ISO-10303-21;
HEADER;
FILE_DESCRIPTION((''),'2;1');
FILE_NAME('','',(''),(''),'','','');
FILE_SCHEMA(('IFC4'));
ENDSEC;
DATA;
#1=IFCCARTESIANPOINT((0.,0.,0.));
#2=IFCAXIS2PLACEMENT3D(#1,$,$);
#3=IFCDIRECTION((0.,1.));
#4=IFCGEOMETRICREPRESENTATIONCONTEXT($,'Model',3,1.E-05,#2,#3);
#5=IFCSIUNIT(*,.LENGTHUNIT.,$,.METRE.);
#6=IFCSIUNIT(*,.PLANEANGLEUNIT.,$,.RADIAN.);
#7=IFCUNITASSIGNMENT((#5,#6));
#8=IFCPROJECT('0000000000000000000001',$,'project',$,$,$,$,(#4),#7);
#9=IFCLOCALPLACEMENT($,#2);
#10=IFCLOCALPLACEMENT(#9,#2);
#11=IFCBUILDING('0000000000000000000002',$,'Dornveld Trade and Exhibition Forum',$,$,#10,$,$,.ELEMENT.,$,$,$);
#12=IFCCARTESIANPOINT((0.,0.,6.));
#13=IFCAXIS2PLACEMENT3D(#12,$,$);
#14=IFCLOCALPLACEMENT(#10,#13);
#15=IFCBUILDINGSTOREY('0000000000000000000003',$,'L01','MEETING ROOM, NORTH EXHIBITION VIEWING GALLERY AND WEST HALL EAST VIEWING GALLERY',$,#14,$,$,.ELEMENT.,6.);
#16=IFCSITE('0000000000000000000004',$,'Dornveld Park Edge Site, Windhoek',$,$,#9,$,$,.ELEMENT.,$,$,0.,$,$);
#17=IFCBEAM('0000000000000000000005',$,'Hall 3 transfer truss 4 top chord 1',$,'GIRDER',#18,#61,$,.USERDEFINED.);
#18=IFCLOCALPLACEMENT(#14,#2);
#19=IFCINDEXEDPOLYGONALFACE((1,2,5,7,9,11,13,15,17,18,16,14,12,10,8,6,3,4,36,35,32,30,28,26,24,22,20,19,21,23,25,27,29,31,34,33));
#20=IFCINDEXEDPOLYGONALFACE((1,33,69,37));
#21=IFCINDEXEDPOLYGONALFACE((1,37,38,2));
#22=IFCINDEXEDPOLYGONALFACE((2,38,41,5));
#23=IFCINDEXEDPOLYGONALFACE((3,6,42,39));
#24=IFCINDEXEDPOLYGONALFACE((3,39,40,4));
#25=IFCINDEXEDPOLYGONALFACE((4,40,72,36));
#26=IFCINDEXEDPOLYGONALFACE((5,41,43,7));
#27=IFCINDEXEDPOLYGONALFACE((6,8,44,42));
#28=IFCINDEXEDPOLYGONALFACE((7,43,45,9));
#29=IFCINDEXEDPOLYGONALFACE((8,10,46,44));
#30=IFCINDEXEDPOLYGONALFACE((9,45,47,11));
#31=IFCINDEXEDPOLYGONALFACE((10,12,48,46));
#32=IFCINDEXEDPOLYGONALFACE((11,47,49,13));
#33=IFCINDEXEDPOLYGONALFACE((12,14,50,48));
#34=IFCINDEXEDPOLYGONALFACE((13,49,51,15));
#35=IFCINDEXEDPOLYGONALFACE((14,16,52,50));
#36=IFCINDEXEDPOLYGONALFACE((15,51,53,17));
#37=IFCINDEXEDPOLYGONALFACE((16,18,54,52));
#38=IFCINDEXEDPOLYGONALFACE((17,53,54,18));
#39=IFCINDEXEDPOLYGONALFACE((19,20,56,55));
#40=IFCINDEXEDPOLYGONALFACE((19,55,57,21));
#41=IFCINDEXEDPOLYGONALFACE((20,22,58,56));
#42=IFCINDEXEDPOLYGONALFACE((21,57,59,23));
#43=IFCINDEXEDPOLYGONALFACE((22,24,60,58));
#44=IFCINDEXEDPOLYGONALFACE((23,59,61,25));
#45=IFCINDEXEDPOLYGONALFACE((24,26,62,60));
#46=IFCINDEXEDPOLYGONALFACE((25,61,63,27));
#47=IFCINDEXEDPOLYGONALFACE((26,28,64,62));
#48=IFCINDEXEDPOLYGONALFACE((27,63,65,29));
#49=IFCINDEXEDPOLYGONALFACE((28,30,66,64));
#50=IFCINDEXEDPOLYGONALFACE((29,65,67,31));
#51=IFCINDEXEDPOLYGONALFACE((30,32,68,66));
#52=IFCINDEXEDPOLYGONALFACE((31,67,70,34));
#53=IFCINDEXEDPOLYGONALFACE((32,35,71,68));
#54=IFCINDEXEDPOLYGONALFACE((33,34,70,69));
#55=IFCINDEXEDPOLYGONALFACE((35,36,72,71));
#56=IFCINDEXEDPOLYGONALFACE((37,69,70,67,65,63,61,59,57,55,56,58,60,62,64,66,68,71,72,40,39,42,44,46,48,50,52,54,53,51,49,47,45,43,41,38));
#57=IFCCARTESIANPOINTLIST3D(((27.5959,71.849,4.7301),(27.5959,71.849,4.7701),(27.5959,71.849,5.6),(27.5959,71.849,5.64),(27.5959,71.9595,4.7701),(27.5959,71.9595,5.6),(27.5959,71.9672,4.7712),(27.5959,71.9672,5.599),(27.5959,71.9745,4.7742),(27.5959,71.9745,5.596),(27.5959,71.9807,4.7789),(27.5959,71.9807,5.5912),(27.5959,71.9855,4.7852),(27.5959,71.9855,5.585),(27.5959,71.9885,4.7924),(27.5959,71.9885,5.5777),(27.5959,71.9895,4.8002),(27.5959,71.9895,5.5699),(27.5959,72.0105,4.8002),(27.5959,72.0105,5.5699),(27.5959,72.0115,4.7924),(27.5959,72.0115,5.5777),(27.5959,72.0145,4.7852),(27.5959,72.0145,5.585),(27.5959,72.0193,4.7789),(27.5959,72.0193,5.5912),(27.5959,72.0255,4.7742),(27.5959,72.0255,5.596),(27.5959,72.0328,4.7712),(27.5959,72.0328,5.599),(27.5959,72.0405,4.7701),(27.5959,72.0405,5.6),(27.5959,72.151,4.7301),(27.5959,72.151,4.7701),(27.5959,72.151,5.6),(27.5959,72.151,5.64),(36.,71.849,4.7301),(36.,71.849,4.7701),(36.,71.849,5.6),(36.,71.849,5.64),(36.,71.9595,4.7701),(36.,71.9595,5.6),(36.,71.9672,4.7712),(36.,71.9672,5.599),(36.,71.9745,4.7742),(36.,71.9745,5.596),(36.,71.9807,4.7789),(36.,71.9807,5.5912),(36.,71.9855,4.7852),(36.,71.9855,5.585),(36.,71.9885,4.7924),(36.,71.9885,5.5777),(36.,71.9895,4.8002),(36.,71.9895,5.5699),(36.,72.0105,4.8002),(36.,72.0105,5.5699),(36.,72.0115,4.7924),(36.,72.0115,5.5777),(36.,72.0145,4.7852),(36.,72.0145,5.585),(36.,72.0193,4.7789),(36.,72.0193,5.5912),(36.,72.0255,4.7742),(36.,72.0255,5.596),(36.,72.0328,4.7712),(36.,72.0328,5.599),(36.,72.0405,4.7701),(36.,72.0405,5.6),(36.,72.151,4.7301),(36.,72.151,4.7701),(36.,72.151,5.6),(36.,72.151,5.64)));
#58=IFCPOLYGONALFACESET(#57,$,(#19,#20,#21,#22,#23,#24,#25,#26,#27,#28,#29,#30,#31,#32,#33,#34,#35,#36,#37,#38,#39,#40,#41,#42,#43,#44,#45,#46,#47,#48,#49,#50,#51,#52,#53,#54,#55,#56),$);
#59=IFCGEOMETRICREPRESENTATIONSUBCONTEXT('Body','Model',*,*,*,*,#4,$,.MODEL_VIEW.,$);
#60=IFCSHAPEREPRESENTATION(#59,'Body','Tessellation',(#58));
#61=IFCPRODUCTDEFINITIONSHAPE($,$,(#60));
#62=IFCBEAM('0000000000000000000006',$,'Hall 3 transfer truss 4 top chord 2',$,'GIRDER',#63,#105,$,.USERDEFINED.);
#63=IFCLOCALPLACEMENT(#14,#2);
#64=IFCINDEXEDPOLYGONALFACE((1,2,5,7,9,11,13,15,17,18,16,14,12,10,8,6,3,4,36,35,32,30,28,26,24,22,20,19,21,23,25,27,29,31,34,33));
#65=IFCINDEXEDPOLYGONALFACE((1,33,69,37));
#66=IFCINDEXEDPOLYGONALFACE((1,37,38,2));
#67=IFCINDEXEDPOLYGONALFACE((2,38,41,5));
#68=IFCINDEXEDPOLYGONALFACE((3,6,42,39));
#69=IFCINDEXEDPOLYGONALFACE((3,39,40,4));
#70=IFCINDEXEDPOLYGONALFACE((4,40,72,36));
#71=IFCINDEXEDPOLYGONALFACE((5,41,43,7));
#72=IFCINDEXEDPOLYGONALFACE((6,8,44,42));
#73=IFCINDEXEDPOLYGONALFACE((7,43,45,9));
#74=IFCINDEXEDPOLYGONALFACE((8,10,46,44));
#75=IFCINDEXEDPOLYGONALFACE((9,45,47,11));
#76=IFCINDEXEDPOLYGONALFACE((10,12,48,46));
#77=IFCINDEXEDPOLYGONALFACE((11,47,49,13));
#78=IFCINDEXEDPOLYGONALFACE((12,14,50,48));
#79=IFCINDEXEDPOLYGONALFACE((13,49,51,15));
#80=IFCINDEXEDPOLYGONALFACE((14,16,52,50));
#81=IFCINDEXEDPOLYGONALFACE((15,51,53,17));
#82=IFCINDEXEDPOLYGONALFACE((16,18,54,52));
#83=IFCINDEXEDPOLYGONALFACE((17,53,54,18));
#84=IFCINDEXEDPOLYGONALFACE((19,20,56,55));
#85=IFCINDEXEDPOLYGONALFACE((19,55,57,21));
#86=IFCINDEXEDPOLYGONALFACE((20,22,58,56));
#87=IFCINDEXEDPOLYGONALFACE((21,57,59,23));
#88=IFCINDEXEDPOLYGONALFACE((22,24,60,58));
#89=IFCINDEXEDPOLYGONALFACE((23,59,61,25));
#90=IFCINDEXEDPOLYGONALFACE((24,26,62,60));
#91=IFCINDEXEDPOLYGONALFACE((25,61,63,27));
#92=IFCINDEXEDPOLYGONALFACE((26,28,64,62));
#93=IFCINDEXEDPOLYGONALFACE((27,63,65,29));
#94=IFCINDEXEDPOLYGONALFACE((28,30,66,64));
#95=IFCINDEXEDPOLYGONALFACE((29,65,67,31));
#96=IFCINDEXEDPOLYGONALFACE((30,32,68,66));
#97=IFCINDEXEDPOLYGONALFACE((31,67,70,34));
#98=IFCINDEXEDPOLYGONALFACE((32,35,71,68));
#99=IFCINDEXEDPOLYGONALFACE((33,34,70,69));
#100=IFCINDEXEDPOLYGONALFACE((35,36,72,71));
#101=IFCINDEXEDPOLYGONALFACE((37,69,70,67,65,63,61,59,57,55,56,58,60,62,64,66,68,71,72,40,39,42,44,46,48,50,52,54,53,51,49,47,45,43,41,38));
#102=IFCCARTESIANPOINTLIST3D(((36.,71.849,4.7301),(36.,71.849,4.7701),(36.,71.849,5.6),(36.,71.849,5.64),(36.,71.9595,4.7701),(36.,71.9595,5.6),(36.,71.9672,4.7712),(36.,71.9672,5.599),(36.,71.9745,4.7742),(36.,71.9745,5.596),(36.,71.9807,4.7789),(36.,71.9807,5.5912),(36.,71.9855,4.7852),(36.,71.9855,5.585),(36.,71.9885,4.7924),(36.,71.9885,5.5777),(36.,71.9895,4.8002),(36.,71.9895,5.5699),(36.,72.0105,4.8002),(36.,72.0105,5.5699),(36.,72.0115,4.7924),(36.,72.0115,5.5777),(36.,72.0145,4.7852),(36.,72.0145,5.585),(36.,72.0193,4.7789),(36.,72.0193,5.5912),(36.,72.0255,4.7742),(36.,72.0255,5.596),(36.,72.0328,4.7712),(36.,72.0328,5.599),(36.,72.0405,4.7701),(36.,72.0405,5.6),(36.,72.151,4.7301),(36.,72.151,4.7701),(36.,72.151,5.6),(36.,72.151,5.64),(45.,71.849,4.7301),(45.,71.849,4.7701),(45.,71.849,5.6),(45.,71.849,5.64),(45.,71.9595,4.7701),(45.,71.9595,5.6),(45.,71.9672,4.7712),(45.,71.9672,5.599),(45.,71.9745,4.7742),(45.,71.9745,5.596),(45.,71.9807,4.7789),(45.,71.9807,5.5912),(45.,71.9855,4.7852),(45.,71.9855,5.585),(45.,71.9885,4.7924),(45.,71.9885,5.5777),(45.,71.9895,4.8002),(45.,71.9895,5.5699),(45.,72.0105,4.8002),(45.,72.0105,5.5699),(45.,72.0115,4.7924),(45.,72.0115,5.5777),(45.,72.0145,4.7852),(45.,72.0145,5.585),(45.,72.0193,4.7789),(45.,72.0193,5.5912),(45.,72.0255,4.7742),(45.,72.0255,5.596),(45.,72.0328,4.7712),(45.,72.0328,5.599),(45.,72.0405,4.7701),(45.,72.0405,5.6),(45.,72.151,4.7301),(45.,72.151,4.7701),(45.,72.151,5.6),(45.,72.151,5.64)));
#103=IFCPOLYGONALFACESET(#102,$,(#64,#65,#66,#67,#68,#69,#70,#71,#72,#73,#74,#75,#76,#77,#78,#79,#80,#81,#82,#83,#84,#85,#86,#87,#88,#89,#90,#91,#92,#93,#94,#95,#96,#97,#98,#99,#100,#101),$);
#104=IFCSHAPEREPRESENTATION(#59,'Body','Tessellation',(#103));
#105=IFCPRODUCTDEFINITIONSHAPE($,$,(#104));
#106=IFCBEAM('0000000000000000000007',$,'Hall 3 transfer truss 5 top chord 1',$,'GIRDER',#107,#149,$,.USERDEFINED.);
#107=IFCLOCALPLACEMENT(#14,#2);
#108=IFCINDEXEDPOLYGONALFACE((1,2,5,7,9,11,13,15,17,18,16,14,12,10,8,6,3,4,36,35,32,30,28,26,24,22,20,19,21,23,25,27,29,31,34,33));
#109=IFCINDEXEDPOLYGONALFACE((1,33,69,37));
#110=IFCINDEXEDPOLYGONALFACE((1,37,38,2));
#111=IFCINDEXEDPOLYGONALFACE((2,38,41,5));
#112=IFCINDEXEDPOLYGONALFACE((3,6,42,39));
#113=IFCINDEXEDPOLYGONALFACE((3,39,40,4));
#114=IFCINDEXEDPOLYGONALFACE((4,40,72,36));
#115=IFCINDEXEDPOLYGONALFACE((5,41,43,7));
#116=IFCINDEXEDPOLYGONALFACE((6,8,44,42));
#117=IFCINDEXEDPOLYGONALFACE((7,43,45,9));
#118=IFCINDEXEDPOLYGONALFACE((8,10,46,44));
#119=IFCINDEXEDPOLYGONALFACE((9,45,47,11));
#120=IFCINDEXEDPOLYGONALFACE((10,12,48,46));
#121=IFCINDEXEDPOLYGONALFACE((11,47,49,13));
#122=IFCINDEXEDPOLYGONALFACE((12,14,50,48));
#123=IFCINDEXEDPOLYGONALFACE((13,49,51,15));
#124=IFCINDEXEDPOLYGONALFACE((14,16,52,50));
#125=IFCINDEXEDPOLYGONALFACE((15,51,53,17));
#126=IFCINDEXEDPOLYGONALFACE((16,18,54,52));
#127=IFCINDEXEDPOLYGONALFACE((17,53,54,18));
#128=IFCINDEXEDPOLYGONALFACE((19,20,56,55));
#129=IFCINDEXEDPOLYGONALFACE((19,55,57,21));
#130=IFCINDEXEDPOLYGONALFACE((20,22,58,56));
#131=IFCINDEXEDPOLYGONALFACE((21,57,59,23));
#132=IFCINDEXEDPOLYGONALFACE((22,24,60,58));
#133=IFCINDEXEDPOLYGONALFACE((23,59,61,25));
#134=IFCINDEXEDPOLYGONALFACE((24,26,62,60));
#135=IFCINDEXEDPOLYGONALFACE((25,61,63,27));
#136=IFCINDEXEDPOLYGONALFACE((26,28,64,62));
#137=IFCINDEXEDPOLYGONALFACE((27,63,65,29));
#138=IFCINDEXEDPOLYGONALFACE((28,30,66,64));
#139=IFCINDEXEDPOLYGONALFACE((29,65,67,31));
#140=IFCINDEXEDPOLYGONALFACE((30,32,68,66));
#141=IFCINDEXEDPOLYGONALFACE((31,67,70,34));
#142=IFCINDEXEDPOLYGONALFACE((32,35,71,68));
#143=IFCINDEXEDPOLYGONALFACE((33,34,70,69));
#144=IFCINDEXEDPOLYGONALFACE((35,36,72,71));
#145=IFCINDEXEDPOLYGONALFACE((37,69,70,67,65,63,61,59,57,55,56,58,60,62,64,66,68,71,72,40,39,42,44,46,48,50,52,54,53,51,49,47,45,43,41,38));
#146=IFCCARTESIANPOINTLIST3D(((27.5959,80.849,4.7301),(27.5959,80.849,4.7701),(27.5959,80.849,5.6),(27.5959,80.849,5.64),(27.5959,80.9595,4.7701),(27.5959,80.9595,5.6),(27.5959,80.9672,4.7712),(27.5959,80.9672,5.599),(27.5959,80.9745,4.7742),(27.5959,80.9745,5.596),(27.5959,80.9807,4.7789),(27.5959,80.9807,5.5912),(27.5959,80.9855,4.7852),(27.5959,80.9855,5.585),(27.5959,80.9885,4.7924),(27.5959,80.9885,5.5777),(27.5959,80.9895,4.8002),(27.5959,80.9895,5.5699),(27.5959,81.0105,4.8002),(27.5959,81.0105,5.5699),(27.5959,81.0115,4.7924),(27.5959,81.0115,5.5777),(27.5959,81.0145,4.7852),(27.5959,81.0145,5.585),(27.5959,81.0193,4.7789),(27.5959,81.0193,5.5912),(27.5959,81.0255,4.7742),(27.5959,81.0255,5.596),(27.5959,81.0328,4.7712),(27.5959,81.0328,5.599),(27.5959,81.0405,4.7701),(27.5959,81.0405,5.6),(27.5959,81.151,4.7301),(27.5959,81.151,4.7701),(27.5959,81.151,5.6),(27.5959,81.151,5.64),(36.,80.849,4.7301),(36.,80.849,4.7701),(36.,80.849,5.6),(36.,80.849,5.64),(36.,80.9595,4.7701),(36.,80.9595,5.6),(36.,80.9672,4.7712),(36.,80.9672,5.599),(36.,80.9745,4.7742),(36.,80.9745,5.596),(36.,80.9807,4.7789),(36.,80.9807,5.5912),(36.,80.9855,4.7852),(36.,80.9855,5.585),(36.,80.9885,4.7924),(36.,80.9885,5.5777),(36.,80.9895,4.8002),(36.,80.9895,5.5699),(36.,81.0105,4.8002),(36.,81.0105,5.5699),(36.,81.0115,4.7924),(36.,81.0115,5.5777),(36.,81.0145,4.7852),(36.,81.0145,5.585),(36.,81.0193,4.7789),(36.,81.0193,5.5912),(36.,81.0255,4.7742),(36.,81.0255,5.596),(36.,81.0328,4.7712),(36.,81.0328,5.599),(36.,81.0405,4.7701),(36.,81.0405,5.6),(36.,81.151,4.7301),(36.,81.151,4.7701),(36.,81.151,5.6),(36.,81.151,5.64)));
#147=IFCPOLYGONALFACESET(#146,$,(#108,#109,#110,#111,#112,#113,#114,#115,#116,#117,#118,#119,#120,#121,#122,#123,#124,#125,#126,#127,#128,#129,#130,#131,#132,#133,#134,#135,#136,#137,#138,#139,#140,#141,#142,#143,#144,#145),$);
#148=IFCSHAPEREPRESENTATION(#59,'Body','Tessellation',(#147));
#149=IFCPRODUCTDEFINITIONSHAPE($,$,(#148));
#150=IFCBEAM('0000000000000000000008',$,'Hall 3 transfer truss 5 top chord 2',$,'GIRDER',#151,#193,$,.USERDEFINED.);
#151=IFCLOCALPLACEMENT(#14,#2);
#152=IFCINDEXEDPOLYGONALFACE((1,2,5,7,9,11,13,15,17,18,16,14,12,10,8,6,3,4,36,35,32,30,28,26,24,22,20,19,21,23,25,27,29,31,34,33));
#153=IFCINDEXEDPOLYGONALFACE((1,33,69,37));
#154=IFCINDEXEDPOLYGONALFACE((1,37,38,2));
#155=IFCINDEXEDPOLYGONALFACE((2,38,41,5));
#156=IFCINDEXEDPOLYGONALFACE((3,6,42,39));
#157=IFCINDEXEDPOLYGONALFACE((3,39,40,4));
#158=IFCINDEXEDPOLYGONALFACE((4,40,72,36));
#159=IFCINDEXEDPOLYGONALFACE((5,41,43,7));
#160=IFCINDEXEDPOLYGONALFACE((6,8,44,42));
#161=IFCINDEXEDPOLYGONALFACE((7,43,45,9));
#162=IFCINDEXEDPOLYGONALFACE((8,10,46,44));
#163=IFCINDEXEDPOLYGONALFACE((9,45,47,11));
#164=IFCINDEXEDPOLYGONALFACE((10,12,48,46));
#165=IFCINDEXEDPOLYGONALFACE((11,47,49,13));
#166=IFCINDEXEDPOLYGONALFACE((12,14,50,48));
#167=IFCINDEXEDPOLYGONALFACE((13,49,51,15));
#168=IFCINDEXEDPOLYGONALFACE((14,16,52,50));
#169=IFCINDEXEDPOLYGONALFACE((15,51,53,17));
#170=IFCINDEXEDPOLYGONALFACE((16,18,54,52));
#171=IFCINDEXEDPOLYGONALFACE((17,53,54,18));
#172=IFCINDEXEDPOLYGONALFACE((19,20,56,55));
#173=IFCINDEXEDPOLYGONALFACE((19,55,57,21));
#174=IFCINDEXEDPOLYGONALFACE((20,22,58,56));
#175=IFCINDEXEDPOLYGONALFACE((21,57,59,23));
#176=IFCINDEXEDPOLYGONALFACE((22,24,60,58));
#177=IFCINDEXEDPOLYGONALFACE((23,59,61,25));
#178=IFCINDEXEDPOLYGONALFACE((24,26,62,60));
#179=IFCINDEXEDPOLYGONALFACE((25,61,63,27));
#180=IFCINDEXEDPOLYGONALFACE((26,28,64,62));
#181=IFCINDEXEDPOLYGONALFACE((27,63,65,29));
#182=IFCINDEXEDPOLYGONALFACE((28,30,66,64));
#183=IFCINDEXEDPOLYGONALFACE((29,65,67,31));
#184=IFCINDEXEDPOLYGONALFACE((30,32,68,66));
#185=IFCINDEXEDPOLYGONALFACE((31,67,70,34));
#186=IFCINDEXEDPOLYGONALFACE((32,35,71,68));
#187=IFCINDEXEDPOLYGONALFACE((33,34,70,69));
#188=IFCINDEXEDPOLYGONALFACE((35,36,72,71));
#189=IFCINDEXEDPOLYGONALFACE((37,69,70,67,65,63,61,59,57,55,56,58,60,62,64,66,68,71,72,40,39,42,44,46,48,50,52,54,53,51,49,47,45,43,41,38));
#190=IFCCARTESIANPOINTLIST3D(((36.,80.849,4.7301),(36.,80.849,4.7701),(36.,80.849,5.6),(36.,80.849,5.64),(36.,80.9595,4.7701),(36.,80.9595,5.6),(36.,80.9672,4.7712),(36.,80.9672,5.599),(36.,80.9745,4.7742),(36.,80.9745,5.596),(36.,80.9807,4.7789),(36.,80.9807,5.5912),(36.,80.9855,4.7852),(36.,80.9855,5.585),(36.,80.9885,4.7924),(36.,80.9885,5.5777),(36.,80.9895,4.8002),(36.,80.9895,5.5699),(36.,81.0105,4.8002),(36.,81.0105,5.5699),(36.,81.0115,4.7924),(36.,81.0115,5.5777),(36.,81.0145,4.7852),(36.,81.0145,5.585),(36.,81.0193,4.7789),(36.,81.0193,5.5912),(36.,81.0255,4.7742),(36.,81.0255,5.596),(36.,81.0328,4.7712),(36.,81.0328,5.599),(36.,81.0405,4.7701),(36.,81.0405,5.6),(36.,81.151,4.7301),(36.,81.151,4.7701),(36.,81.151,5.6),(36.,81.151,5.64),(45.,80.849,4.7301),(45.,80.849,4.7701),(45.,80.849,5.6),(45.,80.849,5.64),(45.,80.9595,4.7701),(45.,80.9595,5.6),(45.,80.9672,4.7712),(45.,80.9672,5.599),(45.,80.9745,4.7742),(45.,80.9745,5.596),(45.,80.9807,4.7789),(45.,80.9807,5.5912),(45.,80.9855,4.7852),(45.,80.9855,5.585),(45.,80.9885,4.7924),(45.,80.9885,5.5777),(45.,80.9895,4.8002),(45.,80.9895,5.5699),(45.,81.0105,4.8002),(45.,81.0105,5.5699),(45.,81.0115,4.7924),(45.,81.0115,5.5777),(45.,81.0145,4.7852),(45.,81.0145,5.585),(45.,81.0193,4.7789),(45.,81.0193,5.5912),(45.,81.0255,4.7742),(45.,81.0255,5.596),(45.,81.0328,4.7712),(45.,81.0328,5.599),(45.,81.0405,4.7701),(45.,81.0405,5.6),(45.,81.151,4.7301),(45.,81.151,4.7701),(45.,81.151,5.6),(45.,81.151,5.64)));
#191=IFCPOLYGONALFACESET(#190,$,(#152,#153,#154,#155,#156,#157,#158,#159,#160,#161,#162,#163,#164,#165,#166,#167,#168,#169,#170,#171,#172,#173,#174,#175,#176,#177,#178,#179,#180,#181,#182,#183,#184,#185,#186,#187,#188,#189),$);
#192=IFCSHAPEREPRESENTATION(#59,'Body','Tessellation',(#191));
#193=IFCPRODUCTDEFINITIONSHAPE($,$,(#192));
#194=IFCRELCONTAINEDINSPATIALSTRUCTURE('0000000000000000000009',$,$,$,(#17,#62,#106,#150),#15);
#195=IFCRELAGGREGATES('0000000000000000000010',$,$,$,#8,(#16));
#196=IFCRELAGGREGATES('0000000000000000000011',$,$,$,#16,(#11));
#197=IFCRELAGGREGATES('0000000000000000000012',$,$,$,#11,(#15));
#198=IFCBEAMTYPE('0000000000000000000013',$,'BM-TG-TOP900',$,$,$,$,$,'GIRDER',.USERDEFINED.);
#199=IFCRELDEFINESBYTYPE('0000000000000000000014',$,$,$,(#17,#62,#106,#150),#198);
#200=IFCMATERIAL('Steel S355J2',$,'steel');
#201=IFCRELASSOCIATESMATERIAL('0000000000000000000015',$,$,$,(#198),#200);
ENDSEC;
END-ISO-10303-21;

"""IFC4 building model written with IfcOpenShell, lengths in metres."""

from ifc_helpers import new_model, si_unit, direction, frame, origin, origin_2d, place, context, subcontext, project, spatial, i_section, extrude, material, material_profile, profile_set, type_object, element, save


model = new_model("IFC4")

# Units and contexts
model_context = context("Model", 3, precision=1e-05, world=origin(), true_north=direction((0.0, 1.0)))
body_context = subcontext(model_context, "Body", "Model", "MODEL_VIEW")
ifc_project = project(units=[si_unit("LENGTHUNIT", "METRE"), si_unit("PLANEANGLEUNIT", "RADIAN")], contexts=[model_context])

# Site, building, storey
site_placement = place(None, origin())
site = spatial("IfcSite", under=ifc_project, at=site_placement, Name="Dornveld Park Edge Site, Windhoek", CompositionType="ELEMENT", RefElevation=0.0)
building_placement = place(site_placement, origin())
building = spatial("IfcBuilding", under=site, at=building_placement, Name="Dornveld Trade and Exhibition Forum", CompositionType="ELEMENT")
storey_placement = place(building_placement, frame((0.0, 0.0, 6.0)))
storey = spatial("IfcBuildingStorey", under=building, at=storey_placement, Name="L01", Description="MEETING ROOM, NORTH EXHIBITION VIEWING GALLERY AND WEST HALL EAST VIEWING GALLERY", CompositionType="ELEMENT", Elevation=6.0)

# Beams
ifc_material_1 = material(Name="Steel S355J2", Category="steel")
ifc_material_profile_1 = material_profile(ifc_material_1, i_section(OverallWidth=0.302, OverallDepth=0.9099, WebThickness=0.021, FlangeThickness=0.04, FilletRadius=0.03, at=origin_2d()), Name="HEM 900")
ifc_profile_set_1 = profile_set([ifc_material_profile_1], Name="Steel S355J2")
beam_type_1 = type_object("IfcBeamType", Name="BM-TG-TOP900", ElementType="GIRDER", PredefinedType="USERDEFINED", material=ifc_profile_set_1)
beam_1_placement = place(storey_placement, frame((27.5959, 72.0, 5.1851), z_axis=(1.0, 0.0, 0.0), x_axis=(0.0, 1.0, 0.0)))
element("IfcBeam", 1, at=beam_1_placement, inside=storey, type_object=beam_type_1, Name="Hall 3 transfer truss 4 top chord 1", ObjectType="GIRDER", PredefinedType="USERDEFINED", context=body_context, shape_type="SweptSolid", body=[
    extrude(i_section(OverallWidth=0.302, OverallDepth=0.9099, WebThickness=0.021, FlangeThickness=0.04, FilletRadius=0.03, at=origin_2d()), origin(), (0.0, 0.0, 1.0), 8.4041),
])
beam_2_placement = place(storey_placement, frame((36.0, 72.0, 5.1851), z_axis=(1.0, 0.0, 0.0), x_axis=(0.0, 1.0, 0.0)))
element("IfcBeam", 2, at=beam_2_placement, inside=storey, type_object=beam_type_1, Name="Hall 3 transfer truss 4 top chord 2", ObjectType="GIRDER", PredefinedType="USERDEFINED", context=body_context, shape_type="SweptSolid", body=[
    extrude(i_section(OverallWidth=0.302, OverallDepth=0.9099, WebThickness=0.021, FlangeThickness=0.04, FilletRadius=0.03, at=origin_2d()), origin(), (0.0, 0.0, 1.0), 9.0),
])
beam_3_placement = place(storey_placement, frame((27.5959, 81.0, 5.1851), z_axis=(1.0, 0.0, 0.0), x_axis=(0.0, 1.0, 0.0)))
element("IfcBeam", 3, at=beam_3_placement, inside=storey, type_object=beam_type_1, Name="Hall 3 transfer truss 5 top chord 1", ObjectType="GIRDER", PredefinedType="USERDEFINED", context=body_context, shape_type="SweptSolid", body=[
    extrude(i_section(OverallWidth=0.302, OverallDepth=0.9099, WebThickness=0.021, FlangeThickness=0.04, FilletRadius=0.03, at=origin_2d()), origin(), (0.0, 0.0, 1.0), 8.4041),
])
beam_4_placement = place(storey_placement, frame((36.0, 81.0, 5.1851), z_axis=(1.0, 0.0, 0.0), x_axis=(0.0, 1.0, 0.0)))
element("IfcBeam", 4, at=beam_4_placement, inside=storey, type_object=beam_type_1, Name="Hall 3 transfer truss 5 top chord 2", ObjectType="GIRDER", PredefinedType="USERDEFINED", context=body_context, shape_type="SweptSolid", body=[
    extrude(i_section(OverallWidth=0.302, OverallDepth=0.9099, WebThickness=0.021, FlangeThickness=0.04, FilletRadius=0.03, at=origin_2d()), origin(), (0.0, 0.0, 1.0), 9.0),
])

save(model, "model.ifc")
